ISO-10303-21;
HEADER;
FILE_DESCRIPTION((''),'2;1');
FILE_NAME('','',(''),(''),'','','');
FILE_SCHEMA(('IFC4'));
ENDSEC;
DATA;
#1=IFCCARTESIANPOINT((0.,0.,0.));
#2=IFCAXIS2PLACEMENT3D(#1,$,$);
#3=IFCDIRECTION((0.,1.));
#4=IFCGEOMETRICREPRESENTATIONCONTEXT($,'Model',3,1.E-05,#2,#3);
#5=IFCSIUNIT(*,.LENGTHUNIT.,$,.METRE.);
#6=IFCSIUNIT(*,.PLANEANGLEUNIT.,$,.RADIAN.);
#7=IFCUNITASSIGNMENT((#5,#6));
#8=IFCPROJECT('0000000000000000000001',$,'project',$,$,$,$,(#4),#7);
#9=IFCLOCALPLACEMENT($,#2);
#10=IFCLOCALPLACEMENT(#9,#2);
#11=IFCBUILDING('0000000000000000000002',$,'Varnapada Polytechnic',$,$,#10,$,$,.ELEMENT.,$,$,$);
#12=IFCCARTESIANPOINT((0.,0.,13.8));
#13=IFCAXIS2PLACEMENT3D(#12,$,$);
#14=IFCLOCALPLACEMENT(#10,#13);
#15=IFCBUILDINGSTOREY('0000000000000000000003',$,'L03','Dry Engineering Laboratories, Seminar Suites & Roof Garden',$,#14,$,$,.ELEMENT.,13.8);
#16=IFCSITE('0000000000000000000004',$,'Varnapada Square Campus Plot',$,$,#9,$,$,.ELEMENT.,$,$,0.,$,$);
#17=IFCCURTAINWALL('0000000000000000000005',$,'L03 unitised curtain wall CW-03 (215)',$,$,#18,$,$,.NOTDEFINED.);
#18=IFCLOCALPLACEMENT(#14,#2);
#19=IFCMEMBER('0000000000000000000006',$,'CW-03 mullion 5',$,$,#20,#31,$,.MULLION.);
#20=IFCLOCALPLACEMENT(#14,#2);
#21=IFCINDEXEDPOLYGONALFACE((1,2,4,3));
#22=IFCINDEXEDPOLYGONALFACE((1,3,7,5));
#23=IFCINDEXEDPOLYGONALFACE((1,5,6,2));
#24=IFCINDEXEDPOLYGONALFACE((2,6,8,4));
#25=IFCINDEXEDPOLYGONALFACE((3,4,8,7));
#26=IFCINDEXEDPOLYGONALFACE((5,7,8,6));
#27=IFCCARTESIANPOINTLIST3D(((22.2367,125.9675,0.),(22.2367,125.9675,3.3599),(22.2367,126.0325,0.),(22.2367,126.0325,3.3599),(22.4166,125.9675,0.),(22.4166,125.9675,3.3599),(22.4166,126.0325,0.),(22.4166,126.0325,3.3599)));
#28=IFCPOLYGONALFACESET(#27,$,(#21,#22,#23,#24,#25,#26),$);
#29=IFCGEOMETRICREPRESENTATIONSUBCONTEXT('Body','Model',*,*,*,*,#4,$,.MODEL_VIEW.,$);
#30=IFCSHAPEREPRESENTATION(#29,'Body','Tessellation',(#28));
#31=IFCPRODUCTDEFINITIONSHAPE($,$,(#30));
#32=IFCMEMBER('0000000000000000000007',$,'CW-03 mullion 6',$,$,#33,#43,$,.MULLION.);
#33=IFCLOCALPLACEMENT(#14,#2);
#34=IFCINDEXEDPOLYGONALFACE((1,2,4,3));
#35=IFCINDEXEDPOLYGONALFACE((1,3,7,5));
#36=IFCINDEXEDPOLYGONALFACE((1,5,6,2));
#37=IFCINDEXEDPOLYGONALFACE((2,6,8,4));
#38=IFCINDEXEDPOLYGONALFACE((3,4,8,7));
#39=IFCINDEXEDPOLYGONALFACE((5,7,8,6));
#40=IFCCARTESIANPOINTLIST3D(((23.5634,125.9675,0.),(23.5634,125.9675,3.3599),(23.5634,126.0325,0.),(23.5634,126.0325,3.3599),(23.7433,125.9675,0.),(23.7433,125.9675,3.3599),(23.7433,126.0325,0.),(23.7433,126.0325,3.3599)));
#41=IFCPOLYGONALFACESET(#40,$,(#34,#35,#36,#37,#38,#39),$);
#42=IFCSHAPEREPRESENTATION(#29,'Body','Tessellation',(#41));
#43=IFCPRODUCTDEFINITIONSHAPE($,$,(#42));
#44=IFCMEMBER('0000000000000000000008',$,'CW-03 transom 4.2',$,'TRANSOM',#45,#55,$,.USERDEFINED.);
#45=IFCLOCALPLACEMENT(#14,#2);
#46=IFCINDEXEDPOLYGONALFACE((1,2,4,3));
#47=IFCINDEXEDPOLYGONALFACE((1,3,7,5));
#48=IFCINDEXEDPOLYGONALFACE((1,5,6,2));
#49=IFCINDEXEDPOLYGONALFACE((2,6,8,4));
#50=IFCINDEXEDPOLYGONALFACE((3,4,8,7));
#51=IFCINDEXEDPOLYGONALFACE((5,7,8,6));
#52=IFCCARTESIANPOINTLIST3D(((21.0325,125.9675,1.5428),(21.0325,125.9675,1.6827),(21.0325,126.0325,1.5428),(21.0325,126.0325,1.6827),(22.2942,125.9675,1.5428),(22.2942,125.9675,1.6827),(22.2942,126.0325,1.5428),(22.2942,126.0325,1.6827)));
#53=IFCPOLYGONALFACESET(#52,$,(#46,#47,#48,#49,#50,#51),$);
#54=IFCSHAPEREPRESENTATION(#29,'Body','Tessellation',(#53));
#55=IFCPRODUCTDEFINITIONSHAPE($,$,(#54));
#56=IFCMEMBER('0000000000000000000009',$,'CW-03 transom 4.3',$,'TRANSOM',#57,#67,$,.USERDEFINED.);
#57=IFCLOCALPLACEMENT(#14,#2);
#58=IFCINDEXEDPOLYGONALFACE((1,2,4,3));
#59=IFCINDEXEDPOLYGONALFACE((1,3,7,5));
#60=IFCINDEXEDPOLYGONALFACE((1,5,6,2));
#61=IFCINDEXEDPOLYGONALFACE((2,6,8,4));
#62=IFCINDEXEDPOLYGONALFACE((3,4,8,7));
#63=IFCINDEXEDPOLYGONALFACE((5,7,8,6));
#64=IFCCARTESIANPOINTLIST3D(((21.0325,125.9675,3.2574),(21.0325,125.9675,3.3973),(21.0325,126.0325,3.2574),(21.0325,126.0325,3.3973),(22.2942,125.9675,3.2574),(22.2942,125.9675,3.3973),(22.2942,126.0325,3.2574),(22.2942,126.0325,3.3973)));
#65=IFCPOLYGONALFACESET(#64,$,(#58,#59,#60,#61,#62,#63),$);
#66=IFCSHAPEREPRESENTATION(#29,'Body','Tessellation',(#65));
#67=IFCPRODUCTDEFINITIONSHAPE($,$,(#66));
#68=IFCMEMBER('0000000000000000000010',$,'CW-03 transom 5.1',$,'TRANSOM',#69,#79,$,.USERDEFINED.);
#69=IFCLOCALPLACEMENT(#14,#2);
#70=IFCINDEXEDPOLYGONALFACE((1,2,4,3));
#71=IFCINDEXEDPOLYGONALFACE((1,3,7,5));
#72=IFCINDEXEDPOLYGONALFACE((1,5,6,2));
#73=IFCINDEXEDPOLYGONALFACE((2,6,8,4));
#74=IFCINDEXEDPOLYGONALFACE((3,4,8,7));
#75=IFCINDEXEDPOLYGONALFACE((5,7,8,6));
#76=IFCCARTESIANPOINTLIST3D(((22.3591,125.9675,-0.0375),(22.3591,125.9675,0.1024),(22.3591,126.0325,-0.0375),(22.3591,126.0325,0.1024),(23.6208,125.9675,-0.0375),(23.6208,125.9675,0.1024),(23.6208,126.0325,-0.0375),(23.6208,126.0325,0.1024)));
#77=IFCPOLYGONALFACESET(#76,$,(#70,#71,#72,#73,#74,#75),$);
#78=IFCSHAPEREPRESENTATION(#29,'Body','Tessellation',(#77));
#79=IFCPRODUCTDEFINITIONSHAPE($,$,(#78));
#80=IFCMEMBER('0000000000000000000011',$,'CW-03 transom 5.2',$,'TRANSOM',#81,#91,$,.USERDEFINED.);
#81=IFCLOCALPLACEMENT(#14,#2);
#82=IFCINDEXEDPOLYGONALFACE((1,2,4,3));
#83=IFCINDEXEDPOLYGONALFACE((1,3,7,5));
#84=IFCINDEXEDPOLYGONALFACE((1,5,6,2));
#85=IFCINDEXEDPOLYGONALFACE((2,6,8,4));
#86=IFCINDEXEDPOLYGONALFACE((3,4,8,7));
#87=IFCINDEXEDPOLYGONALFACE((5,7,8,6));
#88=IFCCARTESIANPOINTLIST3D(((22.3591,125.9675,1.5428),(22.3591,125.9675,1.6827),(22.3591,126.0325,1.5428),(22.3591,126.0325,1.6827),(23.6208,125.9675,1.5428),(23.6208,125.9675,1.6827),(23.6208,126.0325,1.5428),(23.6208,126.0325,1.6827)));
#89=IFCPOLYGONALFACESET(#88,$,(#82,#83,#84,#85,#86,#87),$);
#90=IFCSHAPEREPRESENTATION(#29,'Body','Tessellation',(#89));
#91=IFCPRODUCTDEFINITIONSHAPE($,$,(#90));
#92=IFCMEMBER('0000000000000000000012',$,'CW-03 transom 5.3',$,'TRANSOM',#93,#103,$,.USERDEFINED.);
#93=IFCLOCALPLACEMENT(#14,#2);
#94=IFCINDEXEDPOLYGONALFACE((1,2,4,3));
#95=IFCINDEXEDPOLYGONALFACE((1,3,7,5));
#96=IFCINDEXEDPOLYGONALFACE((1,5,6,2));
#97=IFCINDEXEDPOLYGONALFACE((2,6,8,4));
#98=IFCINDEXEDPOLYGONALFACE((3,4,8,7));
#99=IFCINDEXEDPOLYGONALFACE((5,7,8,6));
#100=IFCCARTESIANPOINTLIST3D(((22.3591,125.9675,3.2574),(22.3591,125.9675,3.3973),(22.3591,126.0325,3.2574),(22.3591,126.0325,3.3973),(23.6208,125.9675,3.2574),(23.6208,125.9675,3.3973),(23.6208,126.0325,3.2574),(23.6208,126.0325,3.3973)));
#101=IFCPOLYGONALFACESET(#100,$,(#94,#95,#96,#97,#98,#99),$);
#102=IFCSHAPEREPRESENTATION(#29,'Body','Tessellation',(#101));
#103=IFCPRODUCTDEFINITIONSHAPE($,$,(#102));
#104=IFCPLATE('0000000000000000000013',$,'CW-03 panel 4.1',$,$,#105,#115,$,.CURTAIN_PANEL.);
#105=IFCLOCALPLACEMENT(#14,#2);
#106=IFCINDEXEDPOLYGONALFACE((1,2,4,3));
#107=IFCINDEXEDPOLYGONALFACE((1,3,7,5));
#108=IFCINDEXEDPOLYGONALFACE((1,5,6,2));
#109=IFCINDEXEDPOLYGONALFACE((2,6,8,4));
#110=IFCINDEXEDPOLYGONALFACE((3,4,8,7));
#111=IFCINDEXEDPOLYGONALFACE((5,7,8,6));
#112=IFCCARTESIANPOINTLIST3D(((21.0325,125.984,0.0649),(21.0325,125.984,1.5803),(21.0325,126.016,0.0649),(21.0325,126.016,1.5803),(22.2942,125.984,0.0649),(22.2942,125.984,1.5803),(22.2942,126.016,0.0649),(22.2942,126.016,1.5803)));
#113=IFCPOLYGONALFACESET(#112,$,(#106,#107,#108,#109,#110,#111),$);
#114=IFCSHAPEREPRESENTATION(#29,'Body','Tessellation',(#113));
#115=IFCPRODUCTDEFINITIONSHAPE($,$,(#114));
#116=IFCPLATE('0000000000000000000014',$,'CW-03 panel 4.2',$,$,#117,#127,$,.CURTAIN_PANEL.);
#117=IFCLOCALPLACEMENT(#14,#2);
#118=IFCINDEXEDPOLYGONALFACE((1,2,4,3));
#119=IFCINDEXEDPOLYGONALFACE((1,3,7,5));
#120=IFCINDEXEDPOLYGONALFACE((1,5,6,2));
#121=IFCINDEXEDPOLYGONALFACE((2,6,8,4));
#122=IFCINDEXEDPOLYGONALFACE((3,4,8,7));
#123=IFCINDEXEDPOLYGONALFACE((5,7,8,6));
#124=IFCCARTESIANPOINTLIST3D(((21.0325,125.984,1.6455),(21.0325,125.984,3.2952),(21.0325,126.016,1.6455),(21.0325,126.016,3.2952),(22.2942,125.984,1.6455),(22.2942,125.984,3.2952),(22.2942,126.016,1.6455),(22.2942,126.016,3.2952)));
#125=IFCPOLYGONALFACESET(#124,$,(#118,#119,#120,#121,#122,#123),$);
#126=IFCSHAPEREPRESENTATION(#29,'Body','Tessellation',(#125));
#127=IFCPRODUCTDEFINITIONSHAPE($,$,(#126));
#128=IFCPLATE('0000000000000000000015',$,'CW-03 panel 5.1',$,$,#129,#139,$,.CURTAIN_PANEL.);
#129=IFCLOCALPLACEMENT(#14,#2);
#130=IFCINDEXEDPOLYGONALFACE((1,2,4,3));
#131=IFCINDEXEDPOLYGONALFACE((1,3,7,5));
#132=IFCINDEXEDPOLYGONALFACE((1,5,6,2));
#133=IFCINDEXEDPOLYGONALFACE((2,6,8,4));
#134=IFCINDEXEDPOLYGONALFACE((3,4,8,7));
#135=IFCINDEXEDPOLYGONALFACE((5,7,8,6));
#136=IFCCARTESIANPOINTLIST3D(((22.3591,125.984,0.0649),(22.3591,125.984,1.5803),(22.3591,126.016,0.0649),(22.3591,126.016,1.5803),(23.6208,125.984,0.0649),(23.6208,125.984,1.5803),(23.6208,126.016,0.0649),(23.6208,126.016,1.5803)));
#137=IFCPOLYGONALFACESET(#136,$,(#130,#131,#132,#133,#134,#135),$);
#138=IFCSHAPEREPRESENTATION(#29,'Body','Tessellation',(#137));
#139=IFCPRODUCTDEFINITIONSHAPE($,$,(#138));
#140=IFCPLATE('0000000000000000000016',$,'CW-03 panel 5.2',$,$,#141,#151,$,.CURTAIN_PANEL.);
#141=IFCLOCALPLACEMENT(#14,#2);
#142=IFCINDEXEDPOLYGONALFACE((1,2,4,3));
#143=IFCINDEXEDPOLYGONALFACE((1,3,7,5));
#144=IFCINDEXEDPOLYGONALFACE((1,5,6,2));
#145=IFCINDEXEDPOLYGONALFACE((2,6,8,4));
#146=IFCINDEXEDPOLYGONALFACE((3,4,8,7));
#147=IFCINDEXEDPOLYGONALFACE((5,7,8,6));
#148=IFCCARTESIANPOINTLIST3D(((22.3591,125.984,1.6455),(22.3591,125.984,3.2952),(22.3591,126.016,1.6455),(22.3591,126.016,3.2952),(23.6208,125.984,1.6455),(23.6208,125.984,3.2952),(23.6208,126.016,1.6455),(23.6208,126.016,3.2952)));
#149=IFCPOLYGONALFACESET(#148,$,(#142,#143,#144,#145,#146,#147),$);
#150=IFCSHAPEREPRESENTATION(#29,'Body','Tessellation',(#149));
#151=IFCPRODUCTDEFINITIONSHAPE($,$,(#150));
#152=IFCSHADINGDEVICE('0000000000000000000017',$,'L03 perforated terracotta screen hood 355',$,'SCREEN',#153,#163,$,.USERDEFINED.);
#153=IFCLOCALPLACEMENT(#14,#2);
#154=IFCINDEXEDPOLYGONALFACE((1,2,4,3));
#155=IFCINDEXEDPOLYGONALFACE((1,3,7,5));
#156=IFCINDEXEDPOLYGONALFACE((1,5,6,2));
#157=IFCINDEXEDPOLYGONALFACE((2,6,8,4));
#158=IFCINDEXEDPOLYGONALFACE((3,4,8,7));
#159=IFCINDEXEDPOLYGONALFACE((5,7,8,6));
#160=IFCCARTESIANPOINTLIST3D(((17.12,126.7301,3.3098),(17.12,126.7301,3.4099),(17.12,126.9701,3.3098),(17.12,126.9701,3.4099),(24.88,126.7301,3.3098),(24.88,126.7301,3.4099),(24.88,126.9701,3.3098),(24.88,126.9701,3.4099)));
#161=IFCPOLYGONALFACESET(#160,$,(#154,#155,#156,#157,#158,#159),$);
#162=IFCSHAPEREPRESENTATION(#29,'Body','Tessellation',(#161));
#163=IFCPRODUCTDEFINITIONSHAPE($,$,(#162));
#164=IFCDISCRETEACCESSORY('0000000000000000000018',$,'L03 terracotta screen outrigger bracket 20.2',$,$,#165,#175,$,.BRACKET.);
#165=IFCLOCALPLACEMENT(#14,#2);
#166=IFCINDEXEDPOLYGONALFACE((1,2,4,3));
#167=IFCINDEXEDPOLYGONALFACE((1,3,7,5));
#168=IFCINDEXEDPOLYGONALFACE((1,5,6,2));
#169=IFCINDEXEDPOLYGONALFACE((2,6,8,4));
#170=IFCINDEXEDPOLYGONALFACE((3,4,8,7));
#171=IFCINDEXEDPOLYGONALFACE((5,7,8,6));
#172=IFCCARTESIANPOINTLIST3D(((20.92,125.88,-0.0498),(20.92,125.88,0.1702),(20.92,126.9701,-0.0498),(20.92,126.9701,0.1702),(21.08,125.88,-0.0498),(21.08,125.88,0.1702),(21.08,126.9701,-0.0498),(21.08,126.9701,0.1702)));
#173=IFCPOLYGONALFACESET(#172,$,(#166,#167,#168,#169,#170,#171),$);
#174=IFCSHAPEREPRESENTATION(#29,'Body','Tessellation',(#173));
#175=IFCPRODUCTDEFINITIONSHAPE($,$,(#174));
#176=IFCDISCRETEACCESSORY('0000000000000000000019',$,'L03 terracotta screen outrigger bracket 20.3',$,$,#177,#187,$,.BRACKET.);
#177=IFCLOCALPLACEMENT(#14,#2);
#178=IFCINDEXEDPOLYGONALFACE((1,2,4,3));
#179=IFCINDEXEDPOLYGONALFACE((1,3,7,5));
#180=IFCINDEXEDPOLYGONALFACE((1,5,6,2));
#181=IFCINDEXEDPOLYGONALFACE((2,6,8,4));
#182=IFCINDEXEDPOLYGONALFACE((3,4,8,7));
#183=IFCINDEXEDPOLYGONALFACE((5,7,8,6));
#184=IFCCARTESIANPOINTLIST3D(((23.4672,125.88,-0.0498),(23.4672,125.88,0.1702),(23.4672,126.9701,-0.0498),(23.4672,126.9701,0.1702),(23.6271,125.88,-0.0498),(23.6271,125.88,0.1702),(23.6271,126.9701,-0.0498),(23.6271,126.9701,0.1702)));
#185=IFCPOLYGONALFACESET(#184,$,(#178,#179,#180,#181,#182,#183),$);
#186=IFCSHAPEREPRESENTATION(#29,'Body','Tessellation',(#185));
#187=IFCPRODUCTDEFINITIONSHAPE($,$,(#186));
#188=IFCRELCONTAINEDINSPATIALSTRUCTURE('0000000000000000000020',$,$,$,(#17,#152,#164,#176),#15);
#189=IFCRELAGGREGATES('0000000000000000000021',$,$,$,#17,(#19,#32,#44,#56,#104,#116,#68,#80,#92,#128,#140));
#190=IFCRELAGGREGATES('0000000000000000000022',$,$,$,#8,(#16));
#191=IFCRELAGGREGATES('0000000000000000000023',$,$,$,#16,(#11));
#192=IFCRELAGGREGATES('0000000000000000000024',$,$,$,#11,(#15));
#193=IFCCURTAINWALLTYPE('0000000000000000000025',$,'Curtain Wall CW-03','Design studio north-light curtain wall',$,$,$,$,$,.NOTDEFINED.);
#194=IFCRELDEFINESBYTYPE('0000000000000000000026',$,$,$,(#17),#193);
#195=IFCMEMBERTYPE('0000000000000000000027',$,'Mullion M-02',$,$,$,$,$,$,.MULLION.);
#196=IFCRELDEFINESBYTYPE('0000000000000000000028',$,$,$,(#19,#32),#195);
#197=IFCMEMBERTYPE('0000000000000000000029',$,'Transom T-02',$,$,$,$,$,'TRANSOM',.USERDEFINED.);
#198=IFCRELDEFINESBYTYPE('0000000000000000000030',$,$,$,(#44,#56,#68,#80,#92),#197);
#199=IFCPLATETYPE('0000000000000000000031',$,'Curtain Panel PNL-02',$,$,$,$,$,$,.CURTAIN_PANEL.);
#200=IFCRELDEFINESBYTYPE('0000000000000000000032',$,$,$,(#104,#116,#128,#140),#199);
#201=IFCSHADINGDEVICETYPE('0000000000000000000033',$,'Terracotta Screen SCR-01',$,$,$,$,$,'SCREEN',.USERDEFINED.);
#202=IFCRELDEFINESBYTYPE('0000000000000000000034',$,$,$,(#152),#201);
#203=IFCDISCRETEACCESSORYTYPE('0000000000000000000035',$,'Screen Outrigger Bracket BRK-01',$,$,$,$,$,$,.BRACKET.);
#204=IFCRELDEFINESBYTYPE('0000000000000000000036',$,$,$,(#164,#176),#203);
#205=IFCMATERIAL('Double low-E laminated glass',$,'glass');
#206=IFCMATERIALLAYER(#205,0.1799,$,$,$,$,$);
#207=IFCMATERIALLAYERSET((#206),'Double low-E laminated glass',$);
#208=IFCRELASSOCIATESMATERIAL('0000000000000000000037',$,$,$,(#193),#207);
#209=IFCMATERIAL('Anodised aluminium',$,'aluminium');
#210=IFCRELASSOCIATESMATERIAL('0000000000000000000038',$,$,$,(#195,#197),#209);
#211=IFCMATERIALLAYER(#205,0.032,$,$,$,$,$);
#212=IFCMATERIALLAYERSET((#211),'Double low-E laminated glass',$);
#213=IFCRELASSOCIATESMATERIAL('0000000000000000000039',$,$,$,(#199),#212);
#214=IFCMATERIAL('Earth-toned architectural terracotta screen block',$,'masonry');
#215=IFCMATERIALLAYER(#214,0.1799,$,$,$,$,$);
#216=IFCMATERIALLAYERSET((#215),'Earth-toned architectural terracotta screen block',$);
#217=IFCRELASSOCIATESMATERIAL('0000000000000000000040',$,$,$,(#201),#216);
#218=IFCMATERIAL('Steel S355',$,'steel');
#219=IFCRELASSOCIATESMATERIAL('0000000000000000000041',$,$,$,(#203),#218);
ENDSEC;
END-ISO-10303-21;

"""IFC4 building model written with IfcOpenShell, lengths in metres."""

from ifc_helpers import new_model, si_unit, direction, frame, origin, origin_2d, place, context, subcontext, project, spatial, rectangle, extrude, material, layer, layer_set, material_profile, profile_set, type_object, element, aggregate, save


model = new_model("IFC4")

# Units and contexts
model_context = context("Model", 3, precision=1e-05, world=origin(), true_north=direction((0.0, 1.0)))
body_context = subcontext(model_context, "Body", "Model", "MODEL_VIEW")
ifc_project = project(units=[si_unit("LENGTHUNIT", "METRE"), si_unit("PLANEANGLEUNIT", "RADIAN")], contexts=[model_context])

# Site, building, storey
site_placement = place(None, origin())
site = spatial("IfcSite", under=ifc_project, at=site_placement, Name="Varnapada Square Campus Plot", CompositionType="ELEMENT", RefElevation=0.0)
building_placement = place(site_placement, origin())
building = spatial("IfcBuilding", under=site, at=building_placement, Name="Varnapada Polytechnic", CompositionType="ELEMENT")
storey_placement = place(building_placement, frame((0.0, 0.0, 13.8)))
storey = spatial("IfcBuildingStorey", under=building, at=storey_placement, Name="L03", Description="Dry Engineering Laboratories, Seminar Suites & Roof Garden", CompositionType="ELEMENT", Elevation=13.8)

# Curtain wall, members, plates
ifc_material_1 = material(Name="Double low-E laminated glass", Category="glass")
ifc_layer_1 = layer(ifc_material_1, 0.1799)
ifc_layer_set_1 = layer_set([ifc_layer_1], Name="Double low-E laminated glass")
curtain_wall_type = type_object("IfcCurtainWallType", Name="Curtain Wall CW-03", Description="Design studio north-light curtain wall", PredefinedType="NOTDEFINED", material=ifc_layer_set_1)
curtain_wall_placement = place(storey_placement, origin())
curtain_wall = element("IfcCurtainWall", 1, at=curtain_wall_placement, inside=storey, type_object=curtain_wall_type, Name="L03 unitised curtain wall CW-03 (215)", PredefinedType="NOTDEFINED")
ifc_material_2 = material(Name="Anodised aluminium", Category="aluminium")
ifc_material_profile_1 = material_profile(ifc_material_2, rectangle(XDim=0.0649, YDim=0.1799, at=origin_2d()), Name="ALU M65x180")
ifc_profile_set_1 = profile_set([ifc_material_profile_1], Name="Anodised aluminium")
member_type_1 = type_object("IfcMemberType", Name="Mullion M-02", PredefinedType="MULLION", material=ifc_profile_set_1)
member_1_placement = place(storey_placement, frame((22.3267, 126.0, 0.0), z_axis=(0.0, 0.0, 1.0), x_axis=(0.0, 1.0, 0.0)))
member_1 = element("IfcMember", 2, at=member_1_placement, type_object=member_type_1, Name="CW-03 mullion 5", PredefinedType="MULLION", context=body_context, shape_type="SweptSolid", body=[
    extrude(rectangle(XDim=0.0649, YDim=0.1799, at=origin_2d()), origin(), (0.0, 0.0, 1.0), 3.3599),
])
member_2_placement = place(storey_placement, frame((23.6533, 126.0, 0.0), z_axis=(0.0, 0.0, 1.0), x_axis=(0.0, 1.0, 0.0)))
member_2 = element("IfcMember", 3, at=member_2_placement, type_object=member_type_1, Name="CW-03 mullion 6", PredefinedType="MULLION", context=body_context, shape_type="SweptSolid", body=[
    extrude(rectangle(XDim=0.0649, YDim=0.1799, at=origin_2d()), origin(), (0.0, 0.0, 1.0), 3.3599),
])
ifc_material_profile_2 = material_profile(ifc_material_2, rectangle(XDim=0.0649, YDim=0.1399, at=origin_2d()), Name="ALU T65x140")
ifc_profile_set_2 = profile_set([ifc_material_profile_2], Name="Anodised aluminium")
member_type_2 = type_object("IfcMemberType", Name="Transom T-02", ElementType="TRANSOM", PredefinedType="USERDEFINED", material=ifc_profile_set_2)
member_3_placement = place(storey_placement, frame((21.0325, 126.0, 1.6128), z_axis=(1.0, 0.0, 0.0), x_axis=(0.0, 1.0, 0.0)))
member_3 = element("IfcMember", 4, at=member_3_placement, type_object=member_type_2, Name="CW-03 transom 4.2", ObjectType="TRANSOM", PredefinedType="USERDEFINED", context=body_context, shape_type="SweptSolid", body=[
    extrude(rectangle(XDim=0.0649, YDim=0.1399, at=origin_2d()), origin(), (0.0, 0.0, 1.0), 1.2617),
])
member_4_placement = place(storey_placement, frame((21.0325, 126.0, 3.3274), z_axis=(1.0, 0.0, 0.0), x_axis=(0.0, 1.0, 0.0)))
member_4 = element("IfcMember", 5, at=member_4_placement, type_object=member_type_2, Name="CW-03 transom 4.3", ObjectType="TRANSOM", PredefinedType="USERDEFINED", context=body_context, shape_type="SweptSolid", body=[
    extrude(rectangle(XDim=0.0649, YDim=0.1399, at=origin_2d()), origin(), (0.0, 0.0, 1.0), 1.2617),
])
member_5_placement = place(storey_placement, frame((22.3591, 126.0, 0.0325), z_axis=(1.0, 0.0, 0.0), x_axis=(0.0, 1.0, 0.0)))
member_5 = element("IfcMember", 6, at=member_5_placement, type_object=member_type_2, Name="CW-03 transom 5.1", ObjectType="TRANSOM", PredefinedType="USERDEFINED", context=body_context, shape_type="SweptSolid", body=[
    extrude(rectangle(XDim=0.0649, YDim=0.1399, at=origin_2d()), origin(), (0.0, 0.0, 1.0), 1.2617),
])
member_6_placement = place(storey_placement, frame((22.3591, 126.0, 1.6128), z_axis=(1.0, 0.0, 0.0), x_axis=(0.0, 1.0, 0.0)))
member_6 = element("IfcMember", 7, at=member_6_placement, type_object=member_type_2, Name="CW-03 transom 5.2", ObjectType="TRANSOM", PredefinedType="USERDEFINED", context=body_context, shape_type="SweptSolid", body=[
    extrude(rectangle(XDim=0.0649, YDim=0.1399, at=origin_2d()), origin(), (0.0, 0.0, 1.0), 1.2617),
])
member_7_placement = place(storey_placement, frame((22.3591, 126.0, 3.3274), z_axis=(1.0, 0.0, 0.0), x_axis=(0.0, 1.0, 0.0)))
member_7 = element("IfcMember", 8, at=member_7_placement, type_object=member_type_2, Name="CW-03 transom 5.3", ObjectType="TRANSOM", PredefinedType="USERDEFINED", context=body_context, shape_type="SweptSolid", body=[
    extrude(rectangle(XDim=0.0649, YDim=0.1399, at=origin_2d()), origin(), (0.0, 0.0, 1.0), 1.2617),
])
ifc_layer_2 = layer(ifc_material_1, 0.032)
ifc_layer_set_2 = layer_set([ifc_layer_2], Name="Double low-E laminated glass")
plate_type = type_object("IfcPlateType", Name="Curtain Panel PNL-02", PredefinedType="CURTAIN_PANEL", material=ifc_layer_set_2)
plate_1_placement = place(storey_placement, frame((21.6633, 126.0, 0.0649), z_axis=(0.0, 0.0, 1.0), x_axis=(1.0, 0.0, 0.0)))
plate_1 = element("IfcPlate", 9, at=plate_1_placement, type_object=plate_type, Name="CW-03 panel 4.1", PredefinedType="CURTAIN_PANEL", context=body_context, shape_type="SweptSolid", body=[
    extrude(rectangle(XDim=1.2617, YDim=0.032, at=origin_2d()), origin(), (0.0, 0.0, 1.0), 1.5154),
])
plate_2_placement = place(storey_placement, frame((21.6633, 126.0, 1.6455), z_axis=(0.0, 0.0, 1.0), x_axis=(1.0, 0.0, 0.0)))
plate_2 = element("IfcPlate", 10, at=plate_2_placement, type_object=plate_type, Name="CW-03 panel 4.2", PredefinedType="CURTAIN_PANEL", context=body_context, shape_type="SweptSolid", body=[
    extrude(rectangle(XDim=1.2617, YDim=0.032, at=origin_2d()), origin(), (0.0, 0.0, 1.0), 1.6497),
])
plate_3_placement = place(storey_placement, frame((22.99, 126.0, 0.0649), z_axis=(0.0, 0.0, 1.0), x_axis=(1.0, 0.0, 0.0)))
plate_3 = element("IfcPlate", 11, at=plate_3_placement, type_object=plate_type, Name="CW-03 panel 5.1", PredefinedType="CURTAIN_PANEL", context=body_context, shape_type="SweptSolid", body=[
    extrude(rectangle(XDim=1.2617, YDim=0.032, at=origin_2d()), origin(), (0.0, 0.0, 1.0), 1.5154),
])
plate_4_placement = place(storey_placement, frame((22.99, 126.0, 1.6455), z_axis=(0.0, 0.0, 1.0), x_axis=(1.0, 0.0, 0.0)))
plate_4 = element("IfcPlate", 12, at=plate_4_placement, type_object=plate_type, Name="CW-03 panel 5.2", PredefinedType="CURTAIN_PANEL", context=body_context, shape_type="SweptSolid", body=[
    extrude(rectangle(XDim=1.2617, YDim=0.032, at=origin_2d()), origin(), (0.0, 0.0, 1.0), 1.6497),
])
aggregate(curtain_wall, [member_1, member_2, member_3, member_4, plate_1, plate_2, member_5, member_6, member_7, plate_3, plate_4])

# Shading device
ifc_material_3 = material(Name="Earth-toned architectural terracotta screen block", Category="masonry")
ifc_layer_3 = layer(ifc_material_3, 0.1799)
ifc_layer_set_3 = layer_set([ifc_layer_3], Name="Earth-toned architectural terracotta screen block")
shading_device_type = type_object("IfcShadingDeviceType", Name="Terracotta Screen SCR-01", ElementType="SCREEN", PredefinedType="USERDEFINED", material=ifc_layer_set_3)
shading_device_placement = place(storey_placement, frame((21.0, 126.8501, 3.3098), z_axis=(0.0, 0.0, 1.0), x_axis=(1.0, 0.0, 0.0)))
element("IfcShadingDevice", 13, at=shading_device_placement, inside=storey, type_object=shading_device_type, Name="L03 perforated terracotta screen hood 355", ObjectType="SCREEN", PredefinedType="USERDEFINED", context=body_context, shape_type="SweptSolid", body=[
    extrude(rectangle(XDim=7.76, YDim=0.24, at=origin_2d()), origin(), (0.0, 0.0, 1.0), 0.1001),
])

# Discrete accessories
ifc_material_4 = material(Name="Steel S355", Category="steel")
discrete_accessory_type = type_object("IfcDiscreteAccessoryType", Name="Screen Outrigger Bracket BRK-01", PredefinedType="BRACKET", material=ifc_material_4)
for number, where, z_axis, x_axis, name in (
    (14, (21.0, 126.425, -0.0498), (0.0, 0.0, 1.0), (1.0, 0.0, 0.0), "L03 terracotta screen outrigger bracket 20.2"),
    (15, (23.5471, 126.425, -0.0498), (0.0, 0.0, 1.0), (1.0, 0.0, 0.0), "L03 terracotta screen outrigger bracket 20.3"),
):
    element("IfcDiscreteAccessory", number, at=place(storey_placement, frame(where, z_axis=z_axis, x_axis=x_axis)), inside=storey, type_object=discrete_accessory_type, Name=name, PredefinedType="BRACKET", context=body_context, shape_type="SweptSolid", body=[
        extrude(rectangle(XDim=0.1599, YDim=1.0901, at=origin_2d()), origin(), (0.0, 0.0, 1.0), 0.22),
    ])

save(model, "model.ifc")
